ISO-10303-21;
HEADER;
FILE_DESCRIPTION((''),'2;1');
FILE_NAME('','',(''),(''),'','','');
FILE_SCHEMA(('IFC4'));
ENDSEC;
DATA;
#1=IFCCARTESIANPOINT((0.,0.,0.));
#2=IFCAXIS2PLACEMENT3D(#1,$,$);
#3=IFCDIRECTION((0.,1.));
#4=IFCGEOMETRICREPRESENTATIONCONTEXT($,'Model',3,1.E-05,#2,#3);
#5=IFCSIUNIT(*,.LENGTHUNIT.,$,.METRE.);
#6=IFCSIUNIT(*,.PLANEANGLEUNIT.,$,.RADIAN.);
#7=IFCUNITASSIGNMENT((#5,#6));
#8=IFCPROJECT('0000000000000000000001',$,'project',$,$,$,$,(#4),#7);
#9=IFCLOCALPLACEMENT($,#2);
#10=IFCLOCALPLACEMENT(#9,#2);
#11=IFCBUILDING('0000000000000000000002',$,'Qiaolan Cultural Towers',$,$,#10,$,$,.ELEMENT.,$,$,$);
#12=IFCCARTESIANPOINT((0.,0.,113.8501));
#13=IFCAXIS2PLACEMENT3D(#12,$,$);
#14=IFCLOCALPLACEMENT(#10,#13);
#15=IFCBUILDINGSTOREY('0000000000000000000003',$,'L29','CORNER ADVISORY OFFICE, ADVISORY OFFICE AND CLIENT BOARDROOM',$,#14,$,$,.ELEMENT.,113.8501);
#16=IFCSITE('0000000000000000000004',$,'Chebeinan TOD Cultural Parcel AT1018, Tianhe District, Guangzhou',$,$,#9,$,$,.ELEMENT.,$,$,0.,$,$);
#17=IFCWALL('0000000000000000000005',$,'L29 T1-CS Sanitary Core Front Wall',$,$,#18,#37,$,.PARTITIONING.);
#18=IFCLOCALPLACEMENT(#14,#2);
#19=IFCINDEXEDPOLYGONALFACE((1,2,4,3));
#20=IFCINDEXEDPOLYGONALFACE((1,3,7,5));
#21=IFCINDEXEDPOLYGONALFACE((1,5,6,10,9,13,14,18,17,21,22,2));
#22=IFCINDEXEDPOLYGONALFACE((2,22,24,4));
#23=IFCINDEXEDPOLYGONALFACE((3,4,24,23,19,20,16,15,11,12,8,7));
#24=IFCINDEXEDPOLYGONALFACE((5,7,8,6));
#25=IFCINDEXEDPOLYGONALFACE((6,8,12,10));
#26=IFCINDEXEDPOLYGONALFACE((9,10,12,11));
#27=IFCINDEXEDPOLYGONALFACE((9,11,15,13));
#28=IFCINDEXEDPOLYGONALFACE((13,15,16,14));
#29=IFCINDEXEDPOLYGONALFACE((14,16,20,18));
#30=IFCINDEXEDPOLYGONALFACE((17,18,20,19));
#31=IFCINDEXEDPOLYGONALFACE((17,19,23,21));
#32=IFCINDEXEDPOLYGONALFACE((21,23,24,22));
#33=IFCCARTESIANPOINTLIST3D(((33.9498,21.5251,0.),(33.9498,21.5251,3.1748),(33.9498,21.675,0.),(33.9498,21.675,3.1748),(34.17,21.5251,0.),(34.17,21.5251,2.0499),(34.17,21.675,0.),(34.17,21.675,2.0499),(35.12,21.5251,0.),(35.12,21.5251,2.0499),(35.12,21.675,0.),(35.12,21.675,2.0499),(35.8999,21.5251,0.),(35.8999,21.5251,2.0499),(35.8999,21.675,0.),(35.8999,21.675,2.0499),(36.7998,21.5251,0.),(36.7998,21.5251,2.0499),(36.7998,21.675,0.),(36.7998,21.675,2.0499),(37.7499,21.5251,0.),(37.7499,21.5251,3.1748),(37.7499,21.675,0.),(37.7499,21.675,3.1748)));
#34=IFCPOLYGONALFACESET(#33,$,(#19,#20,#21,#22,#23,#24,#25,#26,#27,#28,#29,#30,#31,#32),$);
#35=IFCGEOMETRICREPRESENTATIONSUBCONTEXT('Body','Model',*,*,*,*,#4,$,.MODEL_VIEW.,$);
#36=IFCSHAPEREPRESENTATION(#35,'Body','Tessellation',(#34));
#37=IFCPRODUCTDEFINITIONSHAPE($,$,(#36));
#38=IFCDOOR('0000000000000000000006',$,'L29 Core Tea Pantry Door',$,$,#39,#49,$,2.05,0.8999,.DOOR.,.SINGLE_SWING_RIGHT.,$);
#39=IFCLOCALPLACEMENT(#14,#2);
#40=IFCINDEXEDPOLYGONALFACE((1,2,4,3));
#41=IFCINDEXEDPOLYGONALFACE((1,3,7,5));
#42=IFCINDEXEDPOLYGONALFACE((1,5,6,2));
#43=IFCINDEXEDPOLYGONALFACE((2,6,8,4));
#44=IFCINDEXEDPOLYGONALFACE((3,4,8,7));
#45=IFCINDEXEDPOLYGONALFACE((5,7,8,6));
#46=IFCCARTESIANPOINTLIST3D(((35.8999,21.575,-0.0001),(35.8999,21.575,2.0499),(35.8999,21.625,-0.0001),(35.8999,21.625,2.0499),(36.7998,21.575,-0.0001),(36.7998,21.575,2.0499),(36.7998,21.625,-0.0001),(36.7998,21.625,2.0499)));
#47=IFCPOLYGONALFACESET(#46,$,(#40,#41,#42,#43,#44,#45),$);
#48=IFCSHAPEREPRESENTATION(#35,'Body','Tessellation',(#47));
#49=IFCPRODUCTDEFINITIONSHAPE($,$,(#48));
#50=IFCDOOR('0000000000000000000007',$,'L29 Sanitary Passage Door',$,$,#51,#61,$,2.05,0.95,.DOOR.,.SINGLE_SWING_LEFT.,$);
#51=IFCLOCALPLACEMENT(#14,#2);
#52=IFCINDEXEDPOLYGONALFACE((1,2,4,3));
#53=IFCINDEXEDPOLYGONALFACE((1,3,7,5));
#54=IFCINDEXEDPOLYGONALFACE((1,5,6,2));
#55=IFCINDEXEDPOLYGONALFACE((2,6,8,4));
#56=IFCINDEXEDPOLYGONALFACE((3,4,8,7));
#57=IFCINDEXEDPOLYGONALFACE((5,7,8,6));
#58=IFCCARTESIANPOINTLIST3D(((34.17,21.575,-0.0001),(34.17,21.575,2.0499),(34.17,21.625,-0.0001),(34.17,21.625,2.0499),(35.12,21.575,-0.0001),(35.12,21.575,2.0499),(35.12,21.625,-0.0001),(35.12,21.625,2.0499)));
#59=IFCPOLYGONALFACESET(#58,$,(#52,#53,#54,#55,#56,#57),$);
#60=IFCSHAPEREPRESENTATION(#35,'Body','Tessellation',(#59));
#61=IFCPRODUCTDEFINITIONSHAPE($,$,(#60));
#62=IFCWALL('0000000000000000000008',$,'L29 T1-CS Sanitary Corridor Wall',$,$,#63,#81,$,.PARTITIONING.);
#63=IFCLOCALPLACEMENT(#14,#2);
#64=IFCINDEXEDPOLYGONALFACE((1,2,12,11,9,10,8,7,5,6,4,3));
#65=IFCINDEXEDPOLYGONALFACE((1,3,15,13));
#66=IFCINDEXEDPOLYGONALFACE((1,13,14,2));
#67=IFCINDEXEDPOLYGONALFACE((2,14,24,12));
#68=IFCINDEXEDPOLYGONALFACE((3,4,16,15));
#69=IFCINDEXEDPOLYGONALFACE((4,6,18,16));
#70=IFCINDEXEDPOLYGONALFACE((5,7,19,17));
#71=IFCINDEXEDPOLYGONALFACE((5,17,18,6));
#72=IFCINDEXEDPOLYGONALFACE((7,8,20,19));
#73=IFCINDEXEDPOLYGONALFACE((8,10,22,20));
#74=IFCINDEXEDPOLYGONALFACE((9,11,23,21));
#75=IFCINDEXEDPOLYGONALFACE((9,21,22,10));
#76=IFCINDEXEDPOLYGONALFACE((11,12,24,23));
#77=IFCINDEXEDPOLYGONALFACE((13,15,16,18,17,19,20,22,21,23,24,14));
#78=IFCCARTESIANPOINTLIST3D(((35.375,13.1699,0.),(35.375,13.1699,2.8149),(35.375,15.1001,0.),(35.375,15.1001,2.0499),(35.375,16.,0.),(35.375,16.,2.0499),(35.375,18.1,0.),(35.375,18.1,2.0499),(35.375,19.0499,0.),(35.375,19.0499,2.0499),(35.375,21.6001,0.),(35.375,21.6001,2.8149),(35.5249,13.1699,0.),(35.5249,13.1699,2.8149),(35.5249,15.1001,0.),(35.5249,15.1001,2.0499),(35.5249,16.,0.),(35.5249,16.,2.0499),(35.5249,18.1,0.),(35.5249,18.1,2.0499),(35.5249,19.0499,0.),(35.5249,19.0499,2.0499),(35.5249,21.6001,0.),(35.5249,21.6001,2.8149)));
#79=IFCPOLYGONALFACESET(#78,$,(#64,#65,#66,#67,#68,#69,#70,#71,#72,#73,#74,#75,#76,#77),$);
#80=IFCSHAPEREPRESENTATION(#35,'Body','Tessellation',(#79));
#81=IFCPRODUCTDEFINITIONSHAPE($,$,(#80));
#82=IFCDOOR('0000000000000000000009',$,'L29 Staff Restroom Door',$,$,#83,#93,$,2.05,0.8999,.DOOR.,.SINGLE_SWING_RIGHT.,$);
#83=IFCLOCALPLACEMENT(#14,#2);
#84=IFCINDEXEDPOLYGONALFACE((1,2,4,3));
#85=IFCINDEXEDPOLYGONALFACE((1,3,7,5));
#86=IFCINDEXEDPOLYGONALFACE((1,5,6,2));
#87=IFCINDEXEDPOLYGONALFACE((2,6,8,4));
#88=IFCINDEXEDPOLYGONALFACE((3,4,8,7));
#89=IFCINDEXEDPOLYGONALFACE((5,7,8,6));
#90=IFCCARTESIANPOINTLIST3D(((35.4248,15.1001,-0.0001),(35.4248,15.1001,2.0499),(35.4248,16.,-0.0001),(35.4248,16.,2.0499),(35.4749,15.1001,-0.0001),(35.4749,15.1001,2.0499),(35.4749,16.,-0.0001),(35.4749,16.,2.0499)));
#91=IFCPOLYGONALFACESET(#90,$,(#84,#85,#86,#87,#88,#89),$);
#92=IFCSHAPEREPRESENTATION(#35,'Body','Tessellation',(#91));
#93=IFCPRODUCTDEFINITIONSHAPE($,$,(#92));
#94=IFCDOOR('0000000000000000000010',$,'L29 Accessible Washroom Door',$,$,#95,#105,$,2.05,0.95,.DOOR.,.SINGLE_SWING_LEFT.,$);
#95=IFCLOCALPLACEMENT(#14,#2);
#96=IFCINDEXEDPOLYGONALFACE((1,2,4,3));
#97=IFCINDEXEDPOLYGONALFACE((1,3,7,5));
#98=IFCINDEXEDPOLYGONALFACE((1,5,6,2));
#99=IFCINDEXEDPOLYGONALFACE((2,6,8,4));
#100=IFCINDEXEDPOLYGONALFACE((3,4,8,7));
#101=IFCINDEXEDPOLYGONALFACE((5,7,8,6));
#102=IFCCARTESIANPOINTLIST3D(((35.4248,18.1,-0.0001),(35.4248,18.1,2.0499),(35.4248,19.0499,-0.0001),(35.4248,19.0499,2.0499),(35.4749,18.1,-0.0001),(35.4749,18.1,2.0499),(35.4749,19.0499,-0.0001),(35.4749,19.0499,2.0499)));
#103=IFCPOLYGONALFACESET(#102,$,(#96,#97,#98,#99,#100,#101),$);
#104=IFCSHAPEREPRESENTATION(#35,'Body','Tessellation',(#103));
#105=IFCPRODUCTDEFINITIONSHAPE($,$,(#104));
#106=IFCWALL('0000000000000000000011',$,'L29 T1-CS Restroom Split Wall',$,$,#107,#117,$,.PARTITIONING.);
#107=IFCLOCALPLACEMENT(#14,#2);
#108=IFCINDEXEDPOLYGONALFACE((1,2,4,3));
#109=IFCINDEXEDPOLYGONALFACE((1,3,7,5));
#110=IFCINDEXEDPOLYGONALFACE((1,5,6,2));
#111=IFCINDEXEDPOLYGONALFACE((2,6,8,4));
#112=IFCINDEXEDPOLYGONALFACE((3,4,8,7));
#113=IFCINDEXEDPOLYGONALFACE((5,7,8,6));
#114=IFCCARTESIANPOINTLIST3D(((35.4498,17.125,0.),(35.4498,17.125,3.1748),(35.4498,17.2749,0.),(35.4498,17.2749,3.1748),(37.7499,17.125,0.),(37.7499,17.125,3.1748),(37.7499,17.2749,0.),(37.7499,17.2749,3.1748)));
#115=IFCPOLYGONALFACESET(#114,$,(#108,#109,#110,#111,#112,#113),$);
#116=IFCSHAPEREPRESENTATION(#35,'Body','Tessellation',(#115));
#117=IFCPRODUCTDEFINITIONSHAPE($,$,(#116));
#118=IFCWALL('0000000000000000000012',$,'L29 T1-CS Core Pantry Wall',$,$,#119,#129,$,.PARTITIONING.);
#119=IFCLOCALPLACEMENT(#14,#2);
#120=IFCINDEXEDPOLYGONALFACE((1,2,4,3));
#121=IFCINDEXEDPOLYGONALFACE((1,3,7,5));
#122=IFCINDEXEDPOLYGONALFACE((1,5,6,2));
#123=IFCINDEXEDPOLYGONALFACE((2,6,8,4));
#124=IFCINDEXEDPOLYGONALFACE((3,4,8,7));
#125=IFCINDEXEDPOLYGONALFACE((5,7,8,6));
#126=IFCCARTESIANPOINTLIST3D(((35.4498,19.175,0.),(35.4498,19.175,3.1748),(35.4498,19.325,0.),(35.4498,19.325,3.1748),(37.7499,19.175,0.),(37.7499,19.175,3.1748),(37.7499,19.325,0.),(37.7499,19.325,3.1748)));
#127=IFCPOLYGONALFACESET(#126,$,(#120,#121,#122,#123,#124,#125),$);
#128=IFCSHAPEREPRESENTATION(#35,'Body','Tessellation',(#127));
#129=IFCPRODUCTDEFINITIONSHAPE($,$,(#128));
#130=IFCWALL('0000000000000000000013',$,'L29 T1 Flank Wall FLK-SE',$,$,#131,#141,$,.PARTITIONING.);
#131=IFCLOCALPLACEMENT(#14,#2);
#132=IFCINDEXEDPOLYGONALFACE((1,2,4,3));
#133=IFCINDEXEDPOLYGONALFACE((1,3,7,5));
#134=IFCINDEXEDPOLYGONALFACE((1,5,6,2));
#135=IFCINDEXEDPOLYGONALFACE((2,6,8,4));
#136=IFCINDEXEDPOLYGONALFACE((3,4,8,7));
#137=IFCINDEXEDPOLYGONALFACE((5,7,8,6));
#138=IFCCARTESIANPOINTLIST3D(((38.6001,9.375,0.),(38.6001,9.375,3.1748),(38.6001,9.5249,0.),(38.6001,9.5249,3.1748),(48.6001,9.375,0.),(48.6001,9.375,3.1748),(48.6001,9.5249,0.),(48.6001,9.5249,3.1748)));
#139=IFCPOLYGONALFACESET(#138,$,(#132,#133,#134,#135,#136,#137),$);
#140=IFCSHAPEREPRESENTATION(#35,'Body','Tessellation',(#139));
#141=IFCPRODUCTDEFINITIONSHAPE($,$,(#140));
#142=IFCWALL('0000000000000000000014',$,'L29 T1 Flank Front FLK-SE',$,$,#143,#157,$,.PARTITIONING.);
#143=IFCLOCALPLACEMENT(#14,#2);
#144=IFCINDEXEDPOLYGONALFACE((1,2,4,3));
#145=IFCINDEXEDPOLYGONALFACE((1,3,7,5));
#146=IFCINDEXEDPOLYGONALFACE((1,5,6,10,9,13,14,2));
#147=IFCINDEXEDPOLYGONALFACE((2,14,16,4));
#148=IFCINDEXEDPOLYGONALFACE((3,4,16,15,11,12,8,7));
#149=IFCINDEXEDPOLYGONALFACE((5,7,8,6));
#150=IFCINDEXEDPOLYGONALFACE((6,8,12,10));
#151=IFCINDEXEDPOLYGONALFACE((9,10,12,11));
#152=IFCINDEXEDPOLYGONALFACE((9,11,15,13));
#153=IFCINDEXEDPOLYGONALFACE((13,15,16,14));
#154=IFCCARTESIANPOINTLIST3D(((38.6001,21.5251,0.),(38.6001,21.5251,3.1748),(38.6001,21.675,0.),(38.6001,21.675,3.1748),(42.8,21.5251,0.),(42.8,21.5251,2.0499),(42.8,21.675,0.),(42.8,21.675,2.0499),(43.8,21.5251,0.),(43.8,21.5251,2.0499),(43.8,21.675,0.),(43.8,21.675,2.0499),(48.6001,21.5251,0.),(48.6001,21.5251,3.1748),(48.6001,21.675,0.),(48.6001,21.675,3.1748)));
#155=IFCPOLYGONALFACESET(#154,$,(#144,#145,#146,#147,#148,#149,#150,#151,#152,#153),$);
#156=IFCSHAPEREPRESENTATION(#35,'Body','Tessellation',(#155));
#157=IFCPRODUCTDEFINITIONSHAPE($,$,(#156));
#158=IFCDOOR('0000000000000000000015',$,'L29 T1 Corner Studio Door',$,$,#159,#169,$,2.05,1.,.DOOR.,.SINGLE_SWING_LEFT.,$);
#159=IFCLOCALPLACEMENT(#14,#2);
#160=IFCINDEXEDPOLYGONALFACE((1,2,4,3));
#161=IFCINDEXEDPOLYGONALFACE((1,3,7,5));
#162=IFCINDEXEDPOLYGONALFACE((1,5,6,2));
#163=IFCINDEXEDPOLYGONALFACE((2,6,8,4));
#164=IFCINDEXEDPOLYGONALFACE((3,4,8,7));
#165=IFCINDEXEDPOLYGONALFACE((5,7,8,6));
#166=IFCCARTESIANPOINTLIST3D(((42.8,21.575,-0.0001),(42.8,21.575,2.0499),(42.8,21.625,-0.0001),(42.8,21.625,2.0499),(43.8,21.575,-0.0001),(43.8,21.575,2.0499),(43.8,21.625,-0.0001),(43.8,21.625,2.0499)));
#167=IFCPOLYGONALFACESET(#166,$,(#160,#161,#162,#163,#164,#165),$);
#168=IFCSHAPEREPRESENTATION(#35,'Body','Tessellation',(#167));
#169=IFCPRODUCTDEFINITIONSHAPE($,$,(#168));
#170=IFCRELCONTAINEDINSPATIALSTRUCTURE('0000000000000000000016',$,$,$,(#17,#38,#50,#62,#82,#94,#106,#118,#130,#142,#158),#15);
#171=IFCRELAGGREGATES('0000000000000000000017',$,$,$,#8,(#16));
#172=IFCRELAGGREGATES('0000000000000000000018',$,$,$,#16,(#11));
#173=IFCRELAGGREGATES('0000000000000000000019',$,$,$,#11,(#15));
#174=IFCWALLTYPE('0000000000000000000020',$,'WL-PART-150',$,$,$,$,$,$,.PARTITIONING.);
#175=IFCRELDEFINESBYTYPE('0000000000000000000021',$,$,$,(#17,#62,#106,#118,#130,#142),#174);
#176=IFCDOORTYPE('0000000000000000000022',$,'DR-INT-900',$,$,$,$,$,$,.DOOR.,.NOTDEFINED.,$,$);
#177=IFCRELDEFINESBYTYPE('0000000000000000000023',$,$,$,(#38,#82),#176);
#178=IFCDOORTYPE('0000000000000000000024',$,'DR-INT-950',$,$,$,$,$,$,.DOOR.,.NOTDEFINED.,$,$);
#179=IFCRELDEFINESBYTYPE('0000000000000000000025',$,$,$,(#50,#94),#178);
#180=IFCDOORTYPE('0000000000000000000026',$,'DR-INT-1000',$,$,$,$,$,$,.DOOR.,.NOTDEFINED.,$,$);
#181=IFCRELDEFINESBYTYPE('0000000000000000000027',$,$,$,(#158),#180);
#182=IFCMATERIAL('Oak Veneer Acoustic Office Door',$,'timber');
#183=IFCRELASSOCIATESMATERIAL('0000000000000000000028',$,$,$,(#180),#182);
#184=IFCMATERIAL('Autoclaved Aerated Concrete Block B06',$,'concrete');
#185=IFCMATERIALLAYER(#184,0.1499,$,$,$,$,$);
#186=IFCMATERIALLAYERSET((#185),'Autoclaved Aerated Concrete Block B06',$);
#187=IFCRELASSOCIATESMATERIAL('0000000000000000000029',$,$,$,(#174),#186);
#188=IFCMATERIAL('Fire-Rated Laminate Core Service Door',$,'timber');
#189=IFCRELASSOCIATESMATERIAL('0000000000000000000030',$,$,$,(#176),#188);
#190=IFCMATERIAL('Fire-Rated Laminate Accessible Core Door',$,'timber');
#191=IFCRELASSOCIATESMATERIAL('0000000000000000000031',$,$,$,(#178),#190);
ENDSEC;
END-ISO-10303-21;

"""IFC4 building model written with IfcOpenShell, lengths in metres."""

from ifc_helpers import new_model, si_unit, direction, frame, frame_2d, origin, place, context, subcontext, project, spatial, rectangle, extrude, material, layer, layer_set, type_object, element, fill, save


model = new_model("IFC4")

# Units and contexts
model_context = context("Model", 3, precision=1e-05, world=origin(), true_north=direction((0.0, 1.0)))
body_context = subcontext(model_context, "Body", "Model", "MODEL_VIEW")
ifc_project = project(units=[si_unit("LENGTHUNIT", "METRE"), si_unit("PLANEANGLEUNIT", "RADIAN")], contexts=[model_context])

# Site, building, storey
site_placement = place(None, origin())
site = spatial("IfcSite", under=ifc_project, at=site_placement, Name="Chebeinan TOD Cultural Parcel AT1018, Tianhe District, Guangzhou", CompositionType="ELEMENT", RefElevation=0.0)
building_placement = place(site_placement, origin())
building = spatial("IfcBuilding", under=site, at=building_placement, Name="Qiaolan Cultural Towers", CompositionType="ELEMENT")
storey_placement = place(building_placement, frame((0.0, 0.0, 113.8501)))
storey = spatial("IfcBuildingStorey", under=building, at=storey_placement, Name="L29", Description="CORNER ADVISORY OFFICE, ADVISORY OFFICE AND CLIENT BOARDROOM", CompositionType="ELEMENT", Elevation=113.8501)

# Shared definitions
ifc_material_1 = material(Name="Oak Veneer Acoustic Office Door", Category="timber")
door_type_1 = type_object("IfcDoorType", Name="DR-INT-1000", OperationType="NOTDEFINED", PredefinedType="DOOR", material=ifc_material_1)

# Shared definitions
ifc_material_2 = material(Name="Autoclaved Aerated Concrete Block B06", Category="concrete")
ifc_layer_1 = layer(ifc_material_2, 0.1499)
ifc_layer_set_1 = layer_set([ifc_layer_1], Name="Autoclaved Aerated Concrete Block B06")
wall_type_1 = type_object("IfcWallType", Name="WL-PART-150", PredefinedType="PARTITIONING", material=ifc_layer_set_1)

# Walls, openings, doors
wall_1_placement = place(storey_placement, frame((33.95, 21.6001, 0.0), z_axis=(0.0, 0.0, 1.0), x_axis=(1.0, 0.0, 0.0)))
wall_1 = element("IfcWall", 1, at=wall_1_placement, inside=storey, type_object=wall_type_1, Name="L29 T1-CS Sanitary Core Front Wall", PredefinedType="PARTITIONING", context=body_context, shape_type="SweptSolid", body=[
    extrude(rectangle(XDim=3.8, YDim=0.1499, at=frame_2d((1.8999, 0.0))), origin(), (0.0, 0.0, 1.0), 3.1748),
])
opening_1_placement = place(wall_1_placement, frame((0.22, 0.0, 0.0)))
opening_1 = element("IfcOpeningElement", 2, at=opening_1_placement, cuts=wall_1, PredefinedType="OPENING", context=body_context, shape_type="SweptSolid", body=[
    extrude(rectangle(XDim=0.95, YDim=2.05, at=frame_2d((0.4751, 1.0249))), frame((0.0, 0.085, 0.0), z_axis=(0.0, -1.0, 0.0), x_axis=(1.0, 0.0, 0.0)), (0.0, 0.0, 1.0), 0.1699),
])
opening_2_placement = place(wall_1_placement, frame((1.95, 0.0, 0.0)))
opening_2 = element("IfcOpeningElement", 3, at=opening_2_placement, cuts=wall_1, PredefinedType="OPENING", context=body_context, shape_type="SweptSolid", body=[
    extrude(rectangle(XDim=0.8999, YDim=2.05, at=frame_2d((0.45, 1.0249))), frame((0.0, 0.085, 0.0), z_axis=(0.0, -1.0, 0.0), x_axis=(1.0, 0.0, 0.0)), (0.0, 0.0, 1.0), 0.1699),
])
ifc_material_3 = material(Name="Fire-Rated Laminate Core Service Door", Category="timber")
door_type_2 = type_object("IfcDoorType", Name="DR-INT-900", OperationType="NOTDEFINED", PredefinedType="DOOR", material=ifc_material_3)
door_1_placement = place(opening_2_placement, origin())
door_1 = element("IfcDoor", 4, at=door_1_placement, inside=storey, type_object=door_type_2, Name="L29 Core Tea Pantry Door", OperationType="SINGLE_SWING_RIGHT", OverallHeight=2.05, OverallWidth=0.8999, PredefinedType="DOOR", context=body_context, shape_type="SweptSolid", body=[
    extrude(rectangle(XDim=0.8999, YDim=2.05, at=frame_2d((0.45, 1.0249))), frame((0.0, 0.0249, 0.0), z_axis=(0.0, -1.0, 0.0), x_axis=(1.0, 0.0, 0.0)), (0.0, 0.0, 1.0), 0.05),
])
fill(opening_2, door_1)
ifc_material_4 = material(Name="Fire-Rated Laminate Accessible Core Door", Category="timber")
door_type_3 = type_object("IfcDoorType", Name="DR-INT-950", OperationType="NOTDEFINED", PredefinedType="DOOR", material=ifc_material_4)
door_2_placement = place(opening_1_placement, origin())
door_2 = element("IfcDoor", 5, at=door_2_placement, inside=storey, type_object=door_type_3, Name="L29 Sanitary Passage Door", OperationType="SINGLE_SWING_LEFT", OverallHeight=2.05, OverallWidth=0.95, PredefinedType="DOOR", context=body_context, shape_type="SweptSolid", body=[
    extrude(rectangle(XDim=0.95, YDim=2.05, at=frame_2d((0.4751, 1.0249))), frame((0.0, 0.0249, 0.0), z_axis=(0.0, -1.0, 0.0), x_axis=(1.0, 0.0, 0.0)), (0.0, 0.0, 1.0), 0.05),
])
fill(opening_1, door_2)
wall_2_placement = place(storey_placement, frame((35.45, 21.6001, 0.0), z_axis=(0.0, 0.0, 1.0), x_axis=(0.0, -1.0, 0.0)))
wall_2 = element("IfcWall", 6, at=wall_2_placement, inside=storey, type_object=wall_type_1, Name="L29 T1-CS Sanitary Corridor Wall", PredefinedType="PARTITIONING", context=body_context, shape_type="SweptSolid", body=[
    extrude(rectangle(XDim=8.4302, YDim=0.1499, at=frame_2d((4.2151, 0.0))), origin(), (0.0, 0.0, 1.0), 2.8149),
])
opening_3_placement = place(wall_2_placement, frame((2.55, 0.0, 0.0)))
opening_3 = element("IfcOpeningElement", 7, at=opening_3_placement, cuts=wall_2, PredefinedType="OPENING", context=body_context, shape_type="SweptSolid", body=[
    extrude(rectangle(XDim=0.95, YDim=2.05, at=frame_2d((0.4751, 1.0249))), frame((0.0, 0.085, 0.0), z_axis=(0.0, -1.0, 0.0), x_axis=(1.0, 0.0, 0.0)), (0.0, 0.0, 1.0), 0.1699),
])
opening_4_placement = place(wall_2_placement, frame((5.6001, 0.0, 0.0)))
opening_4 = element("IfcOpeningElement", 8, at=opening_4_placement, cuts=wall_2, PredefinedType="OPENING", context=body_context, shape_type="SweptSolid", body=[
    extrude(rectangle(XDim=0.8999, YDim=2.05, at=frame_2d((0.45, 1.0249))), frame((0.0, 0.085, 0.0), z_axis=(0.0, -1.0, 0.0), x_axis=(1.0, 0.0, 0.0)), (0.0, 0.0, 1.0), 0.1699),
])
door_3_placement = place(opening_4_placement, origin())
door_3 = element("IfcDoor", 9, at=door_3_placement, inside=storey, type_object=door_type_2, Name="L29 Staff Restroom Door", OperationType="SINGLE_SWING_RIGHT", OverallHeight=2.05, OverallWidth=0.8999, PredefinedType="DOOR", context=body_context, shape_type="SweptSolid", body=[
    extrude(rectangle(XDim=0.8999, YDim=2.05, at=frame_2d((0.45, 1.0249))), frame((0.0, 0.0249, 0.0), z_axis=(0.0, -1.0, 0.0), x_axis=(1.0, 0.0, 0.0)), (0.0, 0.0, 1.0), 0.05),
])
fill(opening_4, door_3)
door_4_placement = place(opening_3_placement, origin())
door_4 = element("IfcDoor", 10, at=door_4_placement, inside=storey, type_object=door_type_3, Name="L29 Accessible Washroom Door", OperationType="SINGLE_SWING_LEFT", OverallHeight=2.05, OverallWidth=0.95, PredefinedType="DOOR", context=body_context, shape_type="SweptSolid", body=[
    extrude(rectangle(XDim=0.95, YDim=2.05, at=frame_2d((0.4751, 1.0249))), frame((0.0, 0.0249, 0.0), z_axis=(0.0, -1.0, 0.0), x_axis=(1.0, 0.0, 0.0)), (0.0, 0.0, 1.0), 0.05),
])
fill(opening_3, door_4)

# Walls
for number, where, z_axis, x_axis, name in (
    (11, (35.45, 17.2, 0.0), (0.0, 0.0, 1.0), (1.0, 0.0, 0.0), "L29 T1-CS Restroom Split Wall"),
    (12, (35.45, 19.25, 0.0), (0.0, 0.0, 1.0), (1.0, 0.0, 0.0), "L29 T1-CS Core Pantry Wall"),
):
    element("IfcWall", number, at=place(storey_placement, frame(where, z_axis=z_axis, x_axis=x_axis)), inside=storey, type_object=wall_type_1, Name=name, PredefinedType="PARTITIONING", context=body_context, shape_type="SweptSolid", body=[
        extrude(rectangle(XDim=2.3, YDim=0.1499, at=frame_2d((1.1499, 0.0))), origin(), (0.0, 0.0, 1.0), 3.1748),
    ])
wall_3_placement = place(storey_placement, frame((38.6001, 9.45, 0.0), z_axis=(0.0, 0.0, 1.0), x_axis=(1.0, 0.0, 0.0)))
element("IfcWall", 13, at=wall_3_placement, inside=storey, type_object=wall_type_1, Name="L29 T1 Flank Wall FLK-SE", PredefinedType="PARTITIONING", context=body_context, shape_type="SweptSolid", body=[
    extrude(rectangle(XDim=10.0, YDim=0.1499, at=frame_2d((5.0, 0.0))), origin(), (0.0, 0.0, 1.0), 3.1748),
])

# Wall, opening, door
wall_4_placement = place(storey_placement, frame((38.6001, 21.6001, 0.0), z_axis=(0.0, 0.0, 1.0), x_axis=(1.0, 0.0, 0.0)))
wall_4 = element("IfcWall", 14, at=wall_4_placement, inside=storey, type_object=wall_type_1, Name="L29 T1 Flank Front FLK-SE", PredefinedType="PARTITIONING", context=body_context, shape_type="SweptSolid", body=[
    extrude(rectangle(XDim=10.0, YDim=0.1499, at=frame_2d((5.0, 0.0))), origin(), (0.0, 0.0, 1.0), 3.1748),
])
opening_5_placement = place(wall_4_placement, frame((4.2, 0.0, 0.0)))
opening_5 = element("IfcOpeningElement", 15, at=opening_5_placement, cuts=wall_4, PredefinedType="OPENING", context=body_context, shape_type="SweptSolid", body=[
    extrude(rectangle(XDim=1.0, YDim=2.05, at=frame_2d((0.5, 1.0249))), frame((0.0, 0.085, 0.0), z_axis=(0.0, -1.0, 0.0), x_axis=(1.0, 0.0, 0.0)), (0.0, 0.0, 1.0), 0.1699),
])
door_5_placement = place(opening_5_placement, origin())
door_5 = element("IfcDoor", 16, at=door_5_placement, inside=storey, type_object=door_type_1, Name="L29 T1 Corner Studio Door", OperationType="SINGLE_SWING_LEFT", OverallHeight=2.05, OverallWidth=1.0, PredefinedType="DOOR", context=body_context, shape_type="SweptSolid", body=[
    extrude(rectangle(XDim=1.0, YDim=2.05, at=frame_2d((0.5, 1.0249))), frame((0.0, 0.0249, 0.0), z_axis=(0.0, -1.0, 0.0), x_axis=(1.0, 0.0, 0.0)), (0.0, 0.0, 1.0), 0.05),
])
fill(opening_5, door_5)

save(model, "model.ifc")
